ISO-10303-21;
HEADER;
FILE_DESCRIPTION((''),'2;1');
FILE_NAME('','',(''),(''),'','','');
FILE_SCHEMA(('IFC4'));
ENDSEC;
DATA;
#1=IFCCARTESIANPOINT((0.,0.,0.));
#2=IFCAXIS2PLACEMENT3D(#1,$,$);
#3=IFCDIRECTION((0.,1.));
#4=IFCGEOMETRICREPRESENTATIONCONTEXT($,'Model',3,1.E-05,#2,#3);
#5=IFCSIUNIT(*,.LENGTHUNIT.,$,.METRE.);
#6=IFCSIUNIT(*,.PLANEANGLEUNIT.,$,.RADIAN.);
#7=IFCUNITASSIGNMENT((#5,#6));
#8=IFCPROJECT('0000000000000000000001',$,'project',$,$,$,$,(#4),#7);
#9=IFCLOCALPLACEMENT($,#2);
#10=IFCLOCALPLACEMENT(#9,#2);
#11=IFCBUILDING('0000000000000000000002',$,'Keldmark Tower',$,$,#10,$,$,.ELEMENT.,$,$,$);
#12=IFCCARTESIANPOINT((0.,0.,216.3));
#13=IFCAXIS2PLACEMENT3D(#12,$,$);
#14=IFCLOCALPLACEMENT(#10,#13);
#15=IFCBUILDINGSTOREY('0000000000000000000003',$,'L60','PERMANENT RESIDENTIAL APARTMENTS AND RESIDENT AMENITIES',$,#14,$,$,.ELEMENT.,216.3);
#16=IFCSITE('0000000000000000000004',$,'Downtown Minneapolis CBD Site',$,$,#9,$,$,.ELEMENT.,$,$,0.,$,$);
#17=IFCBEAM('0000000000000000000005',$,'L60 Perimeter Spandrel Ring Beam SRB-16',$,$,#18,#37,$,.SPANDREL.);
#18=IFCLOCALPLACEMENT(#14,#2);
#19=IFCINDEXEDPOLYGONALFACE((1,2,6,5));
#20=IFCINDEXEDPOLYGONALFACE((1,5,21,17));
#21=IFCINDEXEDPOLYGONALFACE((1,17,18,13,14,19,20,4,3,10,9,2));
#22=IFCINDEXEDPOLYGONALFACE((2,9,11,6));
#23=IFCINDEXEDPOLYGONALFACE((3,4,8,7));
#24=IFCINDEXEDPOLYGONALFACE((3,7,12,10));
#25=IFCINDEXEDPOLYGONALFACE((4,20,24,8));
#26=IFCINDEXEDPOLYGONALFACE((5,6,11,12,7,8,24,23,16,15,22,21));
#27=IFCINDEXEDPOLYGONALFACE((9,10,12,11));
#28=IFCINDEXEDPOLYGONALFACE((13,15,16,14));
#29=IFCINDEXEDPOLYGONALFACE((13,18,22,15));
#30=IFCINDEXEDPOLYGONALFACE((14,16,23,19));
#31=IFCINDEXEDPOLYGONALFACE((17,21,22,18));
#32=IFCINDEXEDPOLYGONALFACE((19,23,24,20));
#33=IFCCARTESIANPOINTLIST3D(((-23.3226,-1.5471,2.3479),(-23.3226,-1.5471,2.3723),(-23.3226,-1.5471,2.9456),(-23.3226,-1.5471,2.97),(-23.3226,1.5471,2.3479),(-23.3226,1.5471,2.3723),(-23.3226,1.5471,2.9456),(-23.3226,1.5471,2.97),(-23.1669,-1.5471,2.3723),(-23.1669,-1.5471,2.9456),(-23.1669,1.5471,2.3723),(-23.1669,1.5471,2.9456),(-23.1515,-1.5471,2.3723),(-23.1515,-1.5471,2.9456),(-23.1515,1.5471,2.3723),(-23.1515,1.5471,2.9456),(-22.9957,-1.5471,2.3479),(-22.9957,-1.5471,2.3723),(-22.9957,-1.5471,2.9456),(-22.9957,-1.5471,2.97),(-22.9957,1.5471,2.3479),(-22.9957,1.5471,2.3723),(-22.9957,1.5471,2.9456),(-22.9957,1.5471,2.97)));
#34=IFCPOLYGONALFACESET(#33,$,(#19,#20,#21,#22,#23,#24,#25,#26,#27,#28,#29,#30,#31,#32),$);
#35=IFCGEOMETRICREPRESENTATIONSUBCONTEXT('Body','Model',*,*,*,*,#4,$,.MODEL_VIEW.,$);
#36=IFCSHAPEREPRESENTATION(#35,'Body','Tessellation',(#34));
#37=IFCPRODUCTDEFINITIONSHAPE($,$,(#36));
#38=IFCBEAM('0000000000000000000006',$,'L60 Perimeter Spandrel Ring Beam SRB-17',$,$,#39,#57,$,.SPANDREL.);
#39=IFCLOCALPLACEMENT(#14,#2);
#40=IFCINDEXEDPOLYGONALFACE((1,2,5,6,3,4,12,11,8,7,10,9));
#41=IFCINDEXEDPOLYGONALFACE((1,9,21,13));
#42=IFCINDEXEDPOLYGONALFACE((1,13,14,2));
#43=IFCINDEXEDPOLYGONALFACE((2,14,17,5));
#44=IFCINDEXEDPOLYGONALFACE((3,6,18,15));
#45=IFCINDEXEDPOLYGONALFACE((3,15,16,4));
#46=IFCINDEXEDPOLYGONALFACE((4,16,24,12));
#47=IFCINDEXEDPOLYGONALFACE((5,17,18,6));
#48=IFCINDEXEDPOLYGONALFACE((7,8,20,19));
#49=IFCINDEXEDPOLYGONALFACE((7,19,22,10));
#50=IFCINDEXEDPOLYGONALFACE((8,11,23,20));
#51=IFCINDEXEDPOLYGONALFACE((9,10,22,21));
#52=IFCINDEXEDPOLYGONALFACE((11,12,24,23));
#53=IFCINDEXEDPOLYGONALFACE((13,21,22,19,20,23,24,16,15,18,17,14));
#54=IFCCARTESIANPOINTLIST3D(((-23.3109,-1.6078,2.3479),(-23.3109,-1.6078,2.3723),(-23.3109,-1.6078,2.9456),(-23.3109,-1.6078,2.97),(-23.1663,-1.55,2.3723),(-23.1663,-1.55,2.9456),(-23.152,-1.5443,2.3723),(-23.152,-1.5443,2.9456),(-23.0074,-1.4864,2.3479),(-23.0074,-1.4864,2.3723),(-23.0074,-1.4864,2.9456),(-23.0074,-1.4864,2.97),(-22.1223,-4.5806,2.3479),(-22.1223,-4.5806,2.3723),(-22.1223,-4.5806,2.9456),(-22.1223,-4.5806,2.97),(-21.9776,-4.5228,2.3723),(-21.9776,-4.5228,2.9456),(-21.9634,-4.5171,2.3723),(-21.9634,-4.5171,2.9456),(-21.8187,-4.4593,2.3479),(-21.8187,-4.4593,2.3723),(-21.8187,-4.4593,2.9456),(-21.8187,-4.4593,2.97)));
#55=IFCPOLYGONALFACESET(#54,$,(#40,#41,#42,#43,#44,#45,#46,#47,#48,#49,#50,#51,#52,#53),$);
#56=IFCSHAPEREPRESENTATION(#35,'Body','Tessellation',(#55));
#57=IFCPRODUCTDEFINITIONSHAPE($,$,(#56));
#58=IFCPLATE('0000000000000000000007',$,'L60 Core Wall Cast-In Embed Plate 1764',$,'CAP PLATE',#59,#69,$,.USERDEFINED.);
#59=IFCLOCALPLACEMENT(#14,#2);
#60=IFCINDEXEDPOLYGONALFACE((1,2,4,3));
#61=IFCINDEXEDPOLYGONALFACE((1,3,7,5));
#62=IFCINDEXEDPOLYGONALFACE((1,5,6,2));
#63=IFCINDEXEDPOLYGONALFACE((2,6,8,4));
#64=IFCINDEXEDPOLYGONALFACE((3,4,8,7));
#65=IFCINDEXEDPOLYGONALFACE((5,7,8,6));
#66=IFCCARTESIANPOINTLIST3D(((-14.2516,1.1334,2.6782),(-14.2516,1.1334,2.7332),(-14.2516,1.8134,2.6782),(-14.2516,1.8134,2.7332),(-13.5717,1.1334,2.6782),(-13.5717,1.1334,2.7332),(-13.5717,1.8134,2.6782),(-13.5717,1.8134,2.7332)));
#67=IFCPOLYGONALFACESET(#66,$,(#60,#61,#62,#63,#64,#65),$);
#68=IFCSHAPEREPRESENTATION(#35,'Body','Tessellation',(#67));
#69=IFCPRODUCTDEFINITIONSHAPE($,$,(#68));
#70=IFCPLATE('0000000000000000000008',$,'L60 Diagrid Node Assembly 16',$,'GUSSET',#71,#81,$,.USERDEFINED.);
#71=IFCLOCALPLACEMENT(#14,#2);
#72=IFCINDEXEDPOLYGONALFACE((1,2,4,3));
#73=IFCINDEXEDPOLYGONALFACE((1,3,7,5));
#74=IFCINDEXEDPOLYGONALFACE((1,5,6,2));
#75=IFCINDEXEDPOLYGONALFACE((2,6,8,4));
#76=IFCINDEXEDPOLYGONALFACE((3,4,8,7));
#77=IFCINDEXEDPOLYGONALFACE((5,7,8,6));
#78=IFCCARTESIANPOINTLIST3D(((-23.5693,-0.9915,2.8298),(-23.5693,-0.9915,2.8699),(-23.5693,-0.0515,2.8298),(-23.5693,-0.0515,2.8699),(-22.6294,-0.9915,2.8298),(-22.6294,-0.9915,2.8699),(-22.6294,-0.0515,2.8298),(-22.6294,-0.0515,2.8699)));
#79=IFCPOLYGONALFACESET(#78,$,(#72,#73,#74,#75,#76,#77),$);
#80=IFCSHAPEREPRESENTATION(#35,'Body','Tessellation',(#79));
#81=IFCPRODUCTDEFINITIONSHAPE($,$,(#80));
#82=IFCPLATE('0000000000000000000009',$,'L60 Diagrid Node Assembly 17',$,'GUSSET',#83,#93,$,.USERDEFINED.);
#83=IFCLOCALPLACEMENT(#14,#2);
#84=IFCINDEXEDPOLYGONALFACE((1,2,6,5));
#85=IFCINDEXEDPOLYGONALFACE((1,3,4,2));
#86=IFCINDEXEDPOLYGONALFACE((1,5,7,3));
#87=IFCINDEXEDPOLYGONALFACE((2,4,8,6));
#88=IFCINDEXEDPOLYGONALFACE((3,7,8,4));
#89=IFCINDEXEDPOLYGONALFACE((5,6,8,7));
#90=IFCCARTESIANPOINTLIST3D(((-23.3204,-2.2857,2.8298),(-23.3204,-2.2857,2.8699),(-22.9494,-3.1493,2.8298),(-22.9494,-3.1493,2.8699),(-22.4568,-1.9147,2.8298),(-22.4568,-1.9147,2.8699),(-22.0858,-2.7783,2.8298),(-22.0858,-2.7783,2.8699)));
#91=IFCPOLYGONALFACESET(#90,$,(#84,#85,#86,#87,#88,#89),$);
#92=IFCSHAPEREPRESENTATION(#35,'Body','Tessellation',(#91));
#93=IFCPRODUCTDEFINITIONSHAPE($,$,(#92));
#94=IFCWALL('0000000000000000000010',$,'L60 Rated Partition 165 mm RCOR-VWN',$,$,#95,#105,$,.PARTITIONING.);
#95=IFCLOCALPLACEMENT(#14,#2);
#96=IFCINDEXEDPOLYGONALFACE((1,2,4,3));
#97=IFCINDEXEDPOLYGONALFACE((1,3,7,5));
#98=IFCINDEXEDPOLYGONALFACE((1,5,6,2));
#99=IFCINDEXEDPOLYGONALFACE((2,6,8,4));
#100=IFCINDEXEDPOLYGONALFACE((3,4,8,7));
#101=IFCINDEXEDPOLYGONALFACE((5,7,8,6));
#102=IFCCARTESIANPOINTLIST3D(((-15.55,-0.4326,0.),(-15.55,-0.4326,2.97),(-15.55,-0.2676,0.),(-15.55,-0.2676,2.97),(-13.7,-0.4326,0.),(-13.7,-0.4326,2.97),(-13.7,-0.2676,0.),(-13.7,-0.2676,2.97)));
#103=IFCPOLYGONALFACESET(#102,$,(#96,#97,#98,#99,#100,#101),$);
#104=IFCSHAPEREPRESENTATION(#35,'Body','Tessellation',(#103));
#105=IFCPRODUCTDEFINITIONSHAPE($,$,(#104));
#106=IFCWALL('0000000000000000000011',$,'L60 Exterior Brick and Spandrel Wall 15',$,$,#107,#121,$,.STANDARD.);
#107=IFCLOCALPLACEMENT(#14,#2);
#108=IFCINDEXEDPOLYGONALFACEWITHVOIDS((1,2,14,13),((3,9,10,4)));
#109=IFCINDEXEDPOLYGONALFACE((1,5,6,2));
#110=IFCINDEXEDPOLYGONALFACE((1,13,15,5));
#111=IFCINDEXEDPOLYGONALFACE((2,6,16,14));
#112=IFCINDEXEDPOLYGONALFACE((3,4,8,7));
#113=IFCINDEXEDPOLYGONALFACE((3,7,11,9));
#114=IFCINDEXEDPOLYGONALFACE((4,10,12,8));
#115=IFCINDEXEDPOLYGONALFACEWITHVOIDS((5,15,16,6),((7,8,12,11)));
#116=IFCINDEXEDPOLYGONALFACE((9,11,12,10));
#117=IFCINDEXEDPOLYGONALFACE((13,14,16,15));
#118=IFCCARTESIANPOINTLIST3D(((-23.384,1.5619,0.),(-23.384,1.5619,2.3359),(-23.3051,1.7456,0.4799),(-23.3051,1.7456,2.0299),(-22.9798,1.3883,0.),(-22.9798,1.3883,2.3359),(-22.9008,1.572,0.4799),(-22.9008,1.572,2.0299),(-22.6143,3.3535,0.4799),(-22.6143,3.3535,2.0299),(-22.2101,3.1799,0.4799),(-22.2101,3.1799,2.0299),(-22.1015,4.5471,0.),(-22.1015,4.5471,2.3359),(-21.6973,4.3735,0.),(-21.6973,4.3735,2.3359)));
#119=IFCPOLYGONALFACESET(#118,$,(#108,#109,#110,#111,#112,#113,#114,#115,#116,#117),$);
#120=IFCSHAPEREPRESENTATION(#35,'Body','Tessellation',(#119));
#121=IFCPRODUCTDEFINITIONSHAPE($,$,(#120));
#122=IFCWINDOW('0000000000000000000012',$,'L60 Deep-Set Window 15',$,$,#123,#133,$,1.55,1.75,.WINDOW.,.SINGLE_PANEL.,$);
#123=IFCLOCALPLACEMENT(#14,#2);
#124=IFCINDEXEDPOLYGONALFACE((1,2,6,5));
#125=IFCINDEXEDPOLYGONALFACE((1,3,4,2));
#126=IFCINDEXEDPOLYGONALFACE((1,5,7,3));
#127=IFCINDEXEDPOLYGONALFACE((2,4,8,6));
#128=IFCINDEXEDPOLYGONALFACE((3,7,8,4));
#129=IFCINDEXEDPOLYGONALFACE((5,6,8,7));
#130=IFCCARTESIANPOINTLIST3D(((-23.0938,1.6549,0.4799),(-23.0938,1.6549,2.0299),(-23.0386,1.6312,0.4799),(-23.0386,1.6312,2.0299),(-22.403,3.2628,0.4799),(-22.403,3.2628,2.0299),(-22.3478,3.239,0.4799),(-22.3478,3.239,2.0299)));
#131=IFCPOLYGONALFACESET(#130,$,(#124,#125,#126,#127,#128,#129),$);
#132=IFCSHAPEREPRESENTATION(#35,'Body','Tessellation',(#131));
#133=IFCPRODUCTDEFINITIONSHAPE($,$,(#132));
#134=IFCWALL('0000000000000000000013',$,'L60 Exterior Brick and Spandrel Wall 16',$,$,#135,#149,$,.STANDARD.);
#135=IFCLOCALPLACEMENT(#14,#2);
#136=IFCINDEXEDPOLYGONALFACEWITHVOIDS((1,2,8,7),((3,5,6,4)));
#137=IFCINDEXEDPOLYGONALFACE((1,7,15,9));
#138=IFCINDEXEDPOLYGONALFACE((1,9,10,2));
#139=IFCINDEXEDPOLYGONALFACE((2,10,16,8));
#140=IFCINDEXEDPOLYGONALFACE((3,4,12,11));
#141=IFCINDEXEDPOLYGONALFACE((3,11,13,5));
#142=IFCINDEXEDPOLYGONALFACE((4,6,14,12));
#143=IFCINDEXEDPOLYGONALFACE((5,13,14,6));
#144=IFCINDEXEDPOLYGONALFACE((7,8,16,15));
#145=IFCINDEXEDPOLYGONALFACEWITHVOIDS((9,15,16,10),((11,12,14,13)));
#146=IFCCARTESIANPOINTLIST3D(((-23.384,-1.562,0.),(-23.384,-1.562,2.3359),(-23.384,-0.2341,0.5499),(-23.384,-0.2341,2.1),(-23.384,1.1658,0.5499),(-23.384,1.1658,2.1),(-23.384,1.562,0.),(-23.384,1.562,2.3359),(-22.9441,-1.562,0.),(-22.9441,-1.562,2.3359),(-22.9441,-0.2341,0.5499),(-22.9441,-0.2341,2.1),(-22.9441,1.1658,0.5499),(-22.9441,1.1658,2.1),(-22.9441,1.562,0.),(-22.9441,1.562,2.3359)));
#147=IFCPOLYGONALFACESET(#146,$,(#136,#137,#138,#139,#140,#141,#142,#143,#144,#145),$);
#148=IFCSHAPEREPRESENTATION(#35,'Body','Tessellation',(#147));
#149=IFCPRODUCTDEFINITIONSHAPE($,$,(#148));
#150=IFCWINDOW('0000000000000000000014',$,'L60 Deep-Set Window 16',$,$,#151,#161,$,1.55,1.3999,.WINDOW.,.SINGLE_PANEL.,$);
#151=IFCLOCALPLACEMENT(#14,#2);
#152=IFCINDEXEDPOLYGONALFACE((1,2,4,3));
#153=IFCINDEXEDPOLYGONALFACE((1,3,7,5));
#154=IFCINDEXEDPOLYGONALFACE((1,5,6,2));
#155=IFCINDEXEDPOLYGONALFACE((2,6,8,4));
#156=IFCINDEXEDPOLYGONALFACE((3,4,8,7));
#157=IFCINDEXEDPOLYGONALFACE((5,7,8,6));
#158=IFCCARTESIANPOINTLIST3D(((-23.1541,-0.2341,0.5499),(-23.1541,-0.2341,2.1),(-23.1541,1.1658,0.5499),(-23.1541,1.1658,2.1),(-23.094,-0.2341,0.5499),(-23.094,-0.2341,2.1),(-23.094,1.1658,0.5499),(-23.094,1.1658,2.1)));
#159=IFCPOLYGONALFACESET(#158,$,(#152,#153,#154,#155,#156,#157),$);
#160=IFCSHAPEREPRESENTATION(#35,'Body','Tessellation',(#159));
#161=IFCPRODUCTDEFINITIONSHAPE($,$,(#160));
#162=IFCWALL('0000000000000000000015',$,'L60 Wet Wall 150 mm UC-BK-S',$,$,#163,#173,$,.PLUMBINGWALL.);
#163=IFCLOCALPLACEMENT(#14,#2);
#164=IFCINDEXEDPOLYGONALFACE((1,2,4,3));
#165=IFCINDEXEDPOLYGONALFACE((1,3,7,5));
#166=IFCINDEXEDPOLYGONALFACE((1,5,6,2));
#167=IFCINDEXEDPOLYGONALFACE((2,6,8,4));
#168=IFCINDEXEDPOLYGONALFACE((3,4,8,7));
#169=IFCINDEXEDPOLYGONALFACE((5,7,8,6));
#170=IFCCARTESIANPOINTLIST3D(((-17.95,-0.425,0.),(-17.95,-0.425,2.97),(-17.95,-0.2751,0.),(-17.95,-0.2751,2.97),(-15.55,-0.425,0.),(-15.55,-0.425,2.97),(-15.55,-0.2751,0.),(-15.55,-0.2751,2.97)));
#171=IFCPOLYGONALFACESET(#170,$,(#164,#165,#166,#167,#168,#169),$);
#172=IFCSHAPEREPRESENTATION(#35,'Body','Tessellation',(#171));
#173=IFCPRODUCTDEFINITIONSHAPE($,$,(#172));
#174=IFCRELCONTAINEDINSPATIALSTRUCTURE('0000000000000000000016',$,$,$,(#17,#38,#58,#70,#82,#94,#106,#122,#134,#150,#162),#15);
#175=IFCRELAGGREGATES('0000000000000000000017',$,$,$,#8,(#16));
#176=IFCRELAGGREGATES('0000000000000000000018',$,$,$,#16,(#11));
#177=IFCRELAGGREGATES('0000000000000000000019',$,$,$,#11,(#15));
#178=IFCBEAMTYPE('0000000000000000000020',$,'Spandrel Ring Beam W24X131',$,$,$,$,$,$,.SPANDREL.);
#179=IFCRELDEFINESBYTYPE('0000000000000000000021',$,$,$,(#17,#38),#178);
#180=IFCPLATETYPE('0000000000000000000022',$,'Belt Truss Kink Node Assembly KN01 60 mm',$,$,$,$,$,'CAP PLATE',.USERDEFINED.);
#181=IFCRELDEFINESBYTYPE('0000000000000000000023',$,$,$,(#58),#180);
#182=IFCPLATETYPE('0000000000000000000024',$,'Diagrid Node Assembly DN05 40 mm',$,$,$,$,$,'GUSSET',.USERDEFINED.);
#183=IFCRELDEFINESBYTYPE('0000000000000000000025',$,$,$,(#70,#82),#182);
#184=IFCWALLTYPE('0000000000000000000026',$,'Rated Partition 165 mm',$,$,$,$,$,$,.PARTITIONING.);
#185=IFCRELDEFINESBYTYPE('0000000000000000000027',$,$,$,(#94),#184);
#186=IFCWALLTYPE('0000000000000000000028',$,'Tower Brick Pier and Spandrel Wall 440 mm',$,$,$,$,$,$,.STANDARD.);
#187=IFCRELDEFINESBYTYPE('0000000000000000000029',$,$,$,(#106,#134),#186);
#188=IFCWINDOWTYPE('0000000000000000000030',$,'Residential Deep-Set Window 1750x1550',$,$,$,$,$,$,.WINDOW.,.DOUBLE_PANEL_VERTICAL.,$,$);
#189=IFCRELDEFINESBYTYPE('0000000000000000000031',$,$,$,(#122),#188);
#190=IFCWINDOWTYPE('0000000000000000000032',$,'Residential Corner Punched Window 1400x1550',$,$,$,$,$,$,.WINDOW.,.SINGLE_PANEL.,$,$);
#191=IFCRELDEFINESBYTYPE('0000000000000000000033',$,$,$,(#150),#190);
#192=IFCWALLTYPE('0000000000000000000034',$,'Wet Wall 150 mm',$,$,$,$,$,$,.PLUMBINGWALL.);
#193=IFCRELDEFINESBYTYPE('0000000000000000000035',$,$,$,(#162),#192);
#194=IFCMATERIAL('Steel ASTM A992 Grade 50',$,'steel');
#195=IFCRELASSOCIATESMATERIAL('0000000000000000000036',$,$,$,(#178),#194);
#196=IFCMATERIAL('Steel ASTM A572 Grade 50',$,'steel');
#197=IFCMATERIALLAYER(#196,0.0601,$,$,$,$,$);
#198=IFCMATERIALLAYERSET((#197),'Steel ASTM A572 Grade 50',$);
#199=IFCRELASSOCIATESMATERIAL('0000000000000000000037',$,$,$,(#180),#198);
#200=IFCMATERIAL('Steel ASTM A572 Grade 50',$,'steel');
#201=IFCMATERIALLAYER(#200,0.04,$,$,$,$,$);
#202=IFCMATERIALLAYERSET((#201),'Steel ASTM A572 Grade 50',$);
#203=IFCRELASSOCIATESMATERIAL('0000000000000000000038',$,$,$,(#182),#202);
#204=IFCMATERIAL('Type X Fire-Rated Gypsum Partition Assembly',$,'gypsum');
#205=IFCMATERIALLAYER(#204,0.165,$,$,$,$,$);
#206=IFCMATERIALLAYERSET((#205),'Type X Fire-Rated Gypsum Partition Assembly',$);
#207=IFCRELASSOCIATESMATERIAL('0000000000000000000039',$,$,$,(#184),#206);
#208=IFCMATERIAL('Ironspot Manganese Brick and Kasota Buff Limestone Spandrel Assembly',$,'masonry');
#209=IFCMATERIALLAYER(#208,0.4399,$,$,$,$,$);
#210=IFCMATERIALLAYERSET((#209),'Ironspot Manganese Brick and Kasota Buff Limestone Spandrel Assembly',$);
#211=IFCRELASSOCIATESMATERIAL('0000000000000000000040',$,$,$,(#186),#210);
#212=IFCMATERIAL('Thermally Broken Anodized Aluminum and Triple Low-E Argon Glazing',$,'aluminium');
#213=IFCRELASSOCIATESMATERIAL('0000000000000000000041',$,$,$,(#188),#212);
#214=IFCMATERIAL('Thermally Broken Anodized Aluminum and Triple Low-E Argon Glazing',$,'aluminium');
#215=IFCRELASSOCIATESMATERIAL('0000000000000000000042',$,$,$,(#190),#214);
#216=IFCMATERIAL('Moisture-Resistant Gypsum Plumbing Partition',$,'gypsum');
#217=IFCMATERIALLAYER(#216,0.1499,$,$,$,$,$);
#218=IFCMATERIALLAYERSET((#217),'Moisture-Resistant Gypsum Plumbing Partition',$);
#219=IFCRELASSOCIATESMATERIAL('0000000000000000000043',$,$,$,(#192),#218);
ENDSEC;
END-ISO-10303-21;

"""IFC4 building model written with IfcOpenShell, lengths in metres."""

from ifc_helpers import new_model, si_unit, direction, frame, frame_2d, origin, origin_2d, place, context, subcontext, project, spatial, rectangle, i_section, extrude, material, layer, layer_set, material_profile, profile_set, type_object, element, fill, save


model = new_model("IFC4")

# Units and contexts
model_context = context("Model", 3, precision=1e-05, world=origin(), true_north=direction((0.0, 1.0)))
body_context = subcontext(model_context, "Body", "Model", "MODEL_VIEW")
ifc_project = project(units=[si_unit("LENGTHUNIT", "METRE"), si_unit("PLANEANGLEUNIT", "RADIAN")], contexts=[model_context])

# Site, building, storey
site_placement = place(None, origin())
site = spatial("IfcSite", under=ifc_project, at=site_placement, Name="Downtown Minneapolis CBD Site", CompositionType="ELEMENT", RefElevation=0.0)
building_placement = place(site_placement, origin())
building = spatial("IfcBuilding", under=site, at=building_placement, Name="Keldmark Tower", CompositionType="ELEMENT")
storey_placement = place(building_placement, frame((0.0, 0.0, 216.3)))
storey = spatial("IfcBuildingStorey", under=building, at=storey_placement, Name="L60", Description="PERMANENT RESIDENTIAL APARTMENTS AND RESIDENT AMENITIES", CompositionType="ELEMENT", Elevation=216.3)

# Beams
ifc_material_1 = material(Name="Steel ASTM A992 Grade 50", Category="steel")
ifc_material_profile_1 = material_profile(ifc_material_1, i_section(OverallWidth=0.3269, OverallDepth=0.6221, WebThickness=0.0154, FlangeThickness=0.0244, at=origin_2d()), Name="W24X131")
ifc_profile_set_1 = profile_set([ifc_material_profile_1], Name="Steel ASTM A992 Grade 50")
beam_type_1 = type_object("IfcBeamType", Name="Spandrel Ring Beam W24X131", PredefinedType="SPANDREL", material=ifc_profile_set_1)
beam_1_placement = place(storey_placement, frame((-23.1592, 1.5471, 2.6589), z_axis=(0.0, -1.0, 0.0), x_axis=(1.0, 0.0, 0.0)))
element("IfcBeam", 1, at=beam_1_placement, inside=storey, type_object=beam_type_1, Name="L60 Perimeter Spandrel Ring Beam SRB-16", PredefinedType="SPANDREL", context=body_context, shape_type="SweptSolid", body=[
    extrude(i_section(OverallWidth=0.3269, OverallDepth=0.6221, WebThickness=0.0154, FlangeThickness=0.0244, at=origin_2d()), origin(), (0.0, 0.0, 1.0), 3.0942),
])
beam_2_placement = place(storey_placement, frame((-23.1592, -1.5471, 2.6589), z_axis=(0.371272, -0.928524, 0.0), x_axis=(0.928524, 0.371272, 0.0)))
element("IfcBeam", 2, at=beam_2_placement, inside=storey, type_object=beam_type_1, Name="L60 Perimeter Spandrel Ring Beam SRB-17", PredefinedType="SPANDREL", context=body_context, shape_type="SweptSolid", body=[
    extrude(i_section(OverallWidth=0.3269, OverallDepth=0.6221, WebThickness=0.0154, FlangeThickness=0.0244, at=origin_2d()), origin(), (0.0, 0.0, 1.0), 3.2017),
])

# Plates
ifc_material_2 = material(Name="Steel ASTM A572 Grade 50", Category="steel")
ifc_layer_1 = layer(ifc_material_2, 0.0601)
ifc_layer_set_1 = layer_set([ifc_layer_1], Name="Steel ASTM A572 Grade 50")
plate_type_1 = type_object("IfcPlateType", Name="Belt Truss Kink Node Assembly KN01 60 mm", ElementType="CAP PLATE", PredefinedType="USERDEFINED", material=ifc_layer_set_1)
plate_placement = place(storey_placement, frame((-13.9116, 1.4734, 2.6782), z_axis=(0.0, 0.0, 1.0), x_axis=(1.0, 0.0, 0.0)))
element("IfcPlate", 3, at=plate_placement, inside=storey, type_object=plate_type_1, Name="L60 Core Wall Cast-In Embed Plate 1764", ObjectType="CAP PLATE", PredefinedType="USERDEFINED", context=body_context, shape_type="SweptSolid", body=[
    extrude(rectangle(XDim=0.6799, YDim=0.6799, at=origin_2d()), origin(), (0.0, 0.0, 1.0), 0.0549),
])
ifc_material_3 = material(Name="Steel ASTM A572 Grade 50", Category="steel")
ifc_layer_2 = layer(ifc_material_3, 0.04)
ifc_layer_set_2 = layer_set([ifc_layer_2], Name="Steel ASTM A572 Grade 50")
plate_type_2 = type_object("IfcPlateType", Name="Diagrid Node Assembly DN05 40 mm", ElementType="GUSSET", PredefinedType="USERDEFINED", material=ifc_layer_set_2)
for number, where, z_axis, x_axis, name in (
    (4, (-23.0994, -0.5215, 2.8298), (0.0, 0.0, 1.0), (0.0, -1.0, 0.0), "L60 Diagrid Node Assembly 16"),
    (5, (-22.7031, -2.532, 2.8298), (0.0, 0.0, 1.0), (0.394744, -0.918791, 0.0), "L60 Diagrid Node Assembly 17"),
):
    element("IfcPlate", number, at=place(storey_placement, frame(where, z_axis=z_axis, x_axis=x_axis)), inside=storey, type_object=plate_type_2, Name=name, ObjectType="GUSSET", PredefinedType="USERDEFINED", context=body_context, shape_type="SweptSolid", body=[
        extrude(rectangle(XDim=0.9399, YDim=0.9399, at=origin_2d()), origin(), (0.0, 0.0, 1.0), 0.04),
    ])

# Wall
ifc_material_4 = material(Name="Type X Fire-Rated Gypsum Partition Assembly", Category="gypsum")
ifc_layer_3 = layer(ifc_material_4, 0.165)
ifc_layer_set_3 = layer_set([ifc_layer_3], Name="Type X Fire-Rated Gypsum Partition Assembly")
wall_type_1 = type_object("IfcWallType", Name="Rated Partition 165 mm", PredefinedType="PARTITIONING", material=ifc_layer_set_3)
wall_1_placement = place(storey_placement, frame((-15.55, -0.3501, 0.0), z_axis=(0.0, 0.0, 1.0), x_axis=(1.0, 0.0, 0.0)))
element("IfcWall", 6, at=wall_1_placement, inside=storey, type_object=wall_type_1, Name="L60 Rated Partition 165 mm RCOR-VWN", PredefinedType="PARTITIONING", context=body_context, shape_type="SweptSolid", body=[
    extrude(rectangle(XDim=1.8501, YDim=0.165, at=frame_2d((0.925, 0.0))), origin(), (0.0, 0.0, 1.0), 2.97),
])

# Walls, openings, windows
ifc_material_5 = material(Name="Ironspot Manganese Brick and Kasota Buff Limestone Spandrel Assembly", Category="masonry")
ifc_layer_4 = layer(ifc_material_5, 0.4399)
ifc_layer_set_4 = layer_set([ifc_layer_4], Name="Ironspot Manganese Brick and Kasota Buff Limestone Spandrel Assembly")
wall_type_2 = type_object("IfcWallType", Name="Tower Brick Pier and Spandrel Wall 440 mm", PredefinedType="STANDARD", material=ifc_layer_set_4)
wall_2_placement = place(storey_placement, frame((-23.1819, 1.4751, 0.0), z_axis=(0.0, 0.0, 1.0), x_axis=(0.394735, 0.918795, 0.0)))
wall_2 = element("IfcWall", 7, at=wall_2_placement, inside=storey, type_object=wall_type_2, Name="L60 Exterior Brick and Spandrel Wall 15", PredefinedType="STANDARD", context=body_context, shape_type="SweptSolid", body=[
    extrude(rectangle(XDim=3.249, YDim=0.4399, at=frame_2d((1.6245, 0.0))), origin(), (0.0, 0.0, 1.0), 2.3359),
])
opening_1_placement = place(wall_2_placement, frame((0.2, 0.0, 0.48)))
opening_1 = element("IfcOpeningElement", 8, at=opening_1_placement, cuts=wall_2, PredefinedType="OPENING", context=body_context, shape_type="SweptSolid", body=[
    extrude(rectangle(XDim=1.75, YDim=1.55, at=frame_2d((0.875, 0.7749))), frame((0.0, 0.23, 0.0), z_axis=(0.0, -1.0, 0.0), x_axis=(1.0, 0.0, 0.0)), (0.0, 0.0, 1.0), 0.46),
])
ifc_material_6 = material(Name="Thermally Broken Anodized Aluminum and Triple Low-E Argon Glazing", Category="aluminium")
window_type_1 = type_object("IfcWindowType", Name="Residential Deep-Set Window 1750x1550", PartitioningType="DOUBLE_PANEL_VERTICAL", PredefinedType="WINDOW", material=ifc_material_6)
window_1_placement = place(opening_1_placement, origin())
window_1 = element("IfcWindow", 9, at=window_1_placement, inside=storey, type_object=window_type_1, Name="L60 Deep-Set Window 15", OverallHeight=1.55, OverallWidth=1.75, PartitioningType="SINGLE_PANEL", PredefinedType="WINDOW", context=body_context, shape_type="SweptSolid", body=[
    extrude(rectangle(XDim=1.75, YDim=1.55, at=frame_2d((0.875, 0.7749))), frame((0.0, -0.01, 0.0), z_axis=(0.0, -1.0, 0.0), x_axis=(1.0, 0.0, 0.0)), (0.0, 0.0, 1.0), 0.0601),
])
fill(opening_1, window_1)
wall_3_placement = place(storey_placement, frame((-23.1641, -1.562, 0.0), z_axis=(0.0, 0.0, 1.0), x_axis=(0.0, 1.0, 0.0)))
wall_3 = element("IfcWall", 10, at=wall_3_placement, inside=storey, type_object=wall_type_2, Name="L60 Exterior Brick and Spandrel Wall 16", PredefinedType="STANDARD", context=body_context, shape_type="SweptSolid", body=[
    extrude(rectangle(XDim=3.124, YDim=0.4399, at=frame_2d((1.562, 0.0))), origin(), (0.0, 0.0, 1.0), 2.3359),
])
opening_2_placement = place(wall_3_placement, frame((1.3279, 0.0, 0.55)))
opening_2 = element("IfcOpeningElement", 11, at=opening_2_placement, cuts=wall_3, PredefinedType="OPENING", context=body_context, shape_type="SweptSolid", body=[
    extrude(rectangle(XDim=1.3999, YDim=1.55, at=frame_2d((0.7, 0.7749))), frame((0.0, 0.23, 0.0), z_axis=(0.0, -1.0, 0.0), x_axis=(1.0, 0.0, 0.0)), (0.0, 0.0, 1.0), 0.46),
])
ifc_material_7 = material(Name="Thermally Broken Anodized Aluminum and Triple Low-E Argon Glazing", Category="aluminium")
window_type_2 = type_object("IfcWindowType", Name="Residential Corner Punched Window 1400x1550", PartitioningType="SINGLE_PANEL", PredefinedType="WINDOW", material=ifc_material_7)
window_2_placement = place(opening_2_placement, origin())
window_2 = element("IfcWindow", 12, at=window_2_placement, inside=storey, type_object=window_type_2, Name="L60 Deep-Set Window 16", OverallHeight=1.55, OverallWidth=1.3999, PartitioningType="SINGLE_PANEL", PredefinedType="WINDOW", context=body_context, shape_type="SweptSolid", body=[
    extrude(rectangle(XDim=1.3999, YDim=1.55, at=frame_2d((0.7, 0.7749))), frame((0.0, -0.01, 0.0), z_axis=(0.0, -1.0, 0.0), x_axis=(1.0, 0.0, 0.0)), (0.0, 0.0, 1.0), 0.0601),
])
fill(opening_2, window_2)

# Wall
ifc_material_8 = material(Name="Moisture-Resistant Gypsum Plumbing Partition", Category="gypsum")
ifc_layer_5 = layer(ifc_material_8, 0.1499)
ifc_layer_set_5 = layer_set([ifc_layer_5], Name="Moisture-Resistant Gypsum Plumbing Partition")
wall_type_3 = type_object("IfcWallType", Name="Wet Wall 150 mm", PredefinedType="PLUMBINGWALL", material=ifc_layer_set_5)
wall_4_placement = place(storey_placement, frame((-17.95, -0.3501, 0.0), z_axis=(0.0, 0.0, 1.0), x_axis=(1.0, 0.0, 0.0)))
element("IfcWall", 13, at=wall_4_placement, inside=storey, type_object=wall_type_3, Name="L60 Wet Wall 150 mm UC-BK-S", PredefinedType="PLUMBINGWALL", context=body_context, shape_type="SweptSolid", body=[
    extrude(rectangle(XDim=2.3999, YDim=0.1499, at=frame_2d((1.2, 0.0))), origin(), (0.0, 0.0, 1.0), 2.97),
])

save(model, "model.ifc")
